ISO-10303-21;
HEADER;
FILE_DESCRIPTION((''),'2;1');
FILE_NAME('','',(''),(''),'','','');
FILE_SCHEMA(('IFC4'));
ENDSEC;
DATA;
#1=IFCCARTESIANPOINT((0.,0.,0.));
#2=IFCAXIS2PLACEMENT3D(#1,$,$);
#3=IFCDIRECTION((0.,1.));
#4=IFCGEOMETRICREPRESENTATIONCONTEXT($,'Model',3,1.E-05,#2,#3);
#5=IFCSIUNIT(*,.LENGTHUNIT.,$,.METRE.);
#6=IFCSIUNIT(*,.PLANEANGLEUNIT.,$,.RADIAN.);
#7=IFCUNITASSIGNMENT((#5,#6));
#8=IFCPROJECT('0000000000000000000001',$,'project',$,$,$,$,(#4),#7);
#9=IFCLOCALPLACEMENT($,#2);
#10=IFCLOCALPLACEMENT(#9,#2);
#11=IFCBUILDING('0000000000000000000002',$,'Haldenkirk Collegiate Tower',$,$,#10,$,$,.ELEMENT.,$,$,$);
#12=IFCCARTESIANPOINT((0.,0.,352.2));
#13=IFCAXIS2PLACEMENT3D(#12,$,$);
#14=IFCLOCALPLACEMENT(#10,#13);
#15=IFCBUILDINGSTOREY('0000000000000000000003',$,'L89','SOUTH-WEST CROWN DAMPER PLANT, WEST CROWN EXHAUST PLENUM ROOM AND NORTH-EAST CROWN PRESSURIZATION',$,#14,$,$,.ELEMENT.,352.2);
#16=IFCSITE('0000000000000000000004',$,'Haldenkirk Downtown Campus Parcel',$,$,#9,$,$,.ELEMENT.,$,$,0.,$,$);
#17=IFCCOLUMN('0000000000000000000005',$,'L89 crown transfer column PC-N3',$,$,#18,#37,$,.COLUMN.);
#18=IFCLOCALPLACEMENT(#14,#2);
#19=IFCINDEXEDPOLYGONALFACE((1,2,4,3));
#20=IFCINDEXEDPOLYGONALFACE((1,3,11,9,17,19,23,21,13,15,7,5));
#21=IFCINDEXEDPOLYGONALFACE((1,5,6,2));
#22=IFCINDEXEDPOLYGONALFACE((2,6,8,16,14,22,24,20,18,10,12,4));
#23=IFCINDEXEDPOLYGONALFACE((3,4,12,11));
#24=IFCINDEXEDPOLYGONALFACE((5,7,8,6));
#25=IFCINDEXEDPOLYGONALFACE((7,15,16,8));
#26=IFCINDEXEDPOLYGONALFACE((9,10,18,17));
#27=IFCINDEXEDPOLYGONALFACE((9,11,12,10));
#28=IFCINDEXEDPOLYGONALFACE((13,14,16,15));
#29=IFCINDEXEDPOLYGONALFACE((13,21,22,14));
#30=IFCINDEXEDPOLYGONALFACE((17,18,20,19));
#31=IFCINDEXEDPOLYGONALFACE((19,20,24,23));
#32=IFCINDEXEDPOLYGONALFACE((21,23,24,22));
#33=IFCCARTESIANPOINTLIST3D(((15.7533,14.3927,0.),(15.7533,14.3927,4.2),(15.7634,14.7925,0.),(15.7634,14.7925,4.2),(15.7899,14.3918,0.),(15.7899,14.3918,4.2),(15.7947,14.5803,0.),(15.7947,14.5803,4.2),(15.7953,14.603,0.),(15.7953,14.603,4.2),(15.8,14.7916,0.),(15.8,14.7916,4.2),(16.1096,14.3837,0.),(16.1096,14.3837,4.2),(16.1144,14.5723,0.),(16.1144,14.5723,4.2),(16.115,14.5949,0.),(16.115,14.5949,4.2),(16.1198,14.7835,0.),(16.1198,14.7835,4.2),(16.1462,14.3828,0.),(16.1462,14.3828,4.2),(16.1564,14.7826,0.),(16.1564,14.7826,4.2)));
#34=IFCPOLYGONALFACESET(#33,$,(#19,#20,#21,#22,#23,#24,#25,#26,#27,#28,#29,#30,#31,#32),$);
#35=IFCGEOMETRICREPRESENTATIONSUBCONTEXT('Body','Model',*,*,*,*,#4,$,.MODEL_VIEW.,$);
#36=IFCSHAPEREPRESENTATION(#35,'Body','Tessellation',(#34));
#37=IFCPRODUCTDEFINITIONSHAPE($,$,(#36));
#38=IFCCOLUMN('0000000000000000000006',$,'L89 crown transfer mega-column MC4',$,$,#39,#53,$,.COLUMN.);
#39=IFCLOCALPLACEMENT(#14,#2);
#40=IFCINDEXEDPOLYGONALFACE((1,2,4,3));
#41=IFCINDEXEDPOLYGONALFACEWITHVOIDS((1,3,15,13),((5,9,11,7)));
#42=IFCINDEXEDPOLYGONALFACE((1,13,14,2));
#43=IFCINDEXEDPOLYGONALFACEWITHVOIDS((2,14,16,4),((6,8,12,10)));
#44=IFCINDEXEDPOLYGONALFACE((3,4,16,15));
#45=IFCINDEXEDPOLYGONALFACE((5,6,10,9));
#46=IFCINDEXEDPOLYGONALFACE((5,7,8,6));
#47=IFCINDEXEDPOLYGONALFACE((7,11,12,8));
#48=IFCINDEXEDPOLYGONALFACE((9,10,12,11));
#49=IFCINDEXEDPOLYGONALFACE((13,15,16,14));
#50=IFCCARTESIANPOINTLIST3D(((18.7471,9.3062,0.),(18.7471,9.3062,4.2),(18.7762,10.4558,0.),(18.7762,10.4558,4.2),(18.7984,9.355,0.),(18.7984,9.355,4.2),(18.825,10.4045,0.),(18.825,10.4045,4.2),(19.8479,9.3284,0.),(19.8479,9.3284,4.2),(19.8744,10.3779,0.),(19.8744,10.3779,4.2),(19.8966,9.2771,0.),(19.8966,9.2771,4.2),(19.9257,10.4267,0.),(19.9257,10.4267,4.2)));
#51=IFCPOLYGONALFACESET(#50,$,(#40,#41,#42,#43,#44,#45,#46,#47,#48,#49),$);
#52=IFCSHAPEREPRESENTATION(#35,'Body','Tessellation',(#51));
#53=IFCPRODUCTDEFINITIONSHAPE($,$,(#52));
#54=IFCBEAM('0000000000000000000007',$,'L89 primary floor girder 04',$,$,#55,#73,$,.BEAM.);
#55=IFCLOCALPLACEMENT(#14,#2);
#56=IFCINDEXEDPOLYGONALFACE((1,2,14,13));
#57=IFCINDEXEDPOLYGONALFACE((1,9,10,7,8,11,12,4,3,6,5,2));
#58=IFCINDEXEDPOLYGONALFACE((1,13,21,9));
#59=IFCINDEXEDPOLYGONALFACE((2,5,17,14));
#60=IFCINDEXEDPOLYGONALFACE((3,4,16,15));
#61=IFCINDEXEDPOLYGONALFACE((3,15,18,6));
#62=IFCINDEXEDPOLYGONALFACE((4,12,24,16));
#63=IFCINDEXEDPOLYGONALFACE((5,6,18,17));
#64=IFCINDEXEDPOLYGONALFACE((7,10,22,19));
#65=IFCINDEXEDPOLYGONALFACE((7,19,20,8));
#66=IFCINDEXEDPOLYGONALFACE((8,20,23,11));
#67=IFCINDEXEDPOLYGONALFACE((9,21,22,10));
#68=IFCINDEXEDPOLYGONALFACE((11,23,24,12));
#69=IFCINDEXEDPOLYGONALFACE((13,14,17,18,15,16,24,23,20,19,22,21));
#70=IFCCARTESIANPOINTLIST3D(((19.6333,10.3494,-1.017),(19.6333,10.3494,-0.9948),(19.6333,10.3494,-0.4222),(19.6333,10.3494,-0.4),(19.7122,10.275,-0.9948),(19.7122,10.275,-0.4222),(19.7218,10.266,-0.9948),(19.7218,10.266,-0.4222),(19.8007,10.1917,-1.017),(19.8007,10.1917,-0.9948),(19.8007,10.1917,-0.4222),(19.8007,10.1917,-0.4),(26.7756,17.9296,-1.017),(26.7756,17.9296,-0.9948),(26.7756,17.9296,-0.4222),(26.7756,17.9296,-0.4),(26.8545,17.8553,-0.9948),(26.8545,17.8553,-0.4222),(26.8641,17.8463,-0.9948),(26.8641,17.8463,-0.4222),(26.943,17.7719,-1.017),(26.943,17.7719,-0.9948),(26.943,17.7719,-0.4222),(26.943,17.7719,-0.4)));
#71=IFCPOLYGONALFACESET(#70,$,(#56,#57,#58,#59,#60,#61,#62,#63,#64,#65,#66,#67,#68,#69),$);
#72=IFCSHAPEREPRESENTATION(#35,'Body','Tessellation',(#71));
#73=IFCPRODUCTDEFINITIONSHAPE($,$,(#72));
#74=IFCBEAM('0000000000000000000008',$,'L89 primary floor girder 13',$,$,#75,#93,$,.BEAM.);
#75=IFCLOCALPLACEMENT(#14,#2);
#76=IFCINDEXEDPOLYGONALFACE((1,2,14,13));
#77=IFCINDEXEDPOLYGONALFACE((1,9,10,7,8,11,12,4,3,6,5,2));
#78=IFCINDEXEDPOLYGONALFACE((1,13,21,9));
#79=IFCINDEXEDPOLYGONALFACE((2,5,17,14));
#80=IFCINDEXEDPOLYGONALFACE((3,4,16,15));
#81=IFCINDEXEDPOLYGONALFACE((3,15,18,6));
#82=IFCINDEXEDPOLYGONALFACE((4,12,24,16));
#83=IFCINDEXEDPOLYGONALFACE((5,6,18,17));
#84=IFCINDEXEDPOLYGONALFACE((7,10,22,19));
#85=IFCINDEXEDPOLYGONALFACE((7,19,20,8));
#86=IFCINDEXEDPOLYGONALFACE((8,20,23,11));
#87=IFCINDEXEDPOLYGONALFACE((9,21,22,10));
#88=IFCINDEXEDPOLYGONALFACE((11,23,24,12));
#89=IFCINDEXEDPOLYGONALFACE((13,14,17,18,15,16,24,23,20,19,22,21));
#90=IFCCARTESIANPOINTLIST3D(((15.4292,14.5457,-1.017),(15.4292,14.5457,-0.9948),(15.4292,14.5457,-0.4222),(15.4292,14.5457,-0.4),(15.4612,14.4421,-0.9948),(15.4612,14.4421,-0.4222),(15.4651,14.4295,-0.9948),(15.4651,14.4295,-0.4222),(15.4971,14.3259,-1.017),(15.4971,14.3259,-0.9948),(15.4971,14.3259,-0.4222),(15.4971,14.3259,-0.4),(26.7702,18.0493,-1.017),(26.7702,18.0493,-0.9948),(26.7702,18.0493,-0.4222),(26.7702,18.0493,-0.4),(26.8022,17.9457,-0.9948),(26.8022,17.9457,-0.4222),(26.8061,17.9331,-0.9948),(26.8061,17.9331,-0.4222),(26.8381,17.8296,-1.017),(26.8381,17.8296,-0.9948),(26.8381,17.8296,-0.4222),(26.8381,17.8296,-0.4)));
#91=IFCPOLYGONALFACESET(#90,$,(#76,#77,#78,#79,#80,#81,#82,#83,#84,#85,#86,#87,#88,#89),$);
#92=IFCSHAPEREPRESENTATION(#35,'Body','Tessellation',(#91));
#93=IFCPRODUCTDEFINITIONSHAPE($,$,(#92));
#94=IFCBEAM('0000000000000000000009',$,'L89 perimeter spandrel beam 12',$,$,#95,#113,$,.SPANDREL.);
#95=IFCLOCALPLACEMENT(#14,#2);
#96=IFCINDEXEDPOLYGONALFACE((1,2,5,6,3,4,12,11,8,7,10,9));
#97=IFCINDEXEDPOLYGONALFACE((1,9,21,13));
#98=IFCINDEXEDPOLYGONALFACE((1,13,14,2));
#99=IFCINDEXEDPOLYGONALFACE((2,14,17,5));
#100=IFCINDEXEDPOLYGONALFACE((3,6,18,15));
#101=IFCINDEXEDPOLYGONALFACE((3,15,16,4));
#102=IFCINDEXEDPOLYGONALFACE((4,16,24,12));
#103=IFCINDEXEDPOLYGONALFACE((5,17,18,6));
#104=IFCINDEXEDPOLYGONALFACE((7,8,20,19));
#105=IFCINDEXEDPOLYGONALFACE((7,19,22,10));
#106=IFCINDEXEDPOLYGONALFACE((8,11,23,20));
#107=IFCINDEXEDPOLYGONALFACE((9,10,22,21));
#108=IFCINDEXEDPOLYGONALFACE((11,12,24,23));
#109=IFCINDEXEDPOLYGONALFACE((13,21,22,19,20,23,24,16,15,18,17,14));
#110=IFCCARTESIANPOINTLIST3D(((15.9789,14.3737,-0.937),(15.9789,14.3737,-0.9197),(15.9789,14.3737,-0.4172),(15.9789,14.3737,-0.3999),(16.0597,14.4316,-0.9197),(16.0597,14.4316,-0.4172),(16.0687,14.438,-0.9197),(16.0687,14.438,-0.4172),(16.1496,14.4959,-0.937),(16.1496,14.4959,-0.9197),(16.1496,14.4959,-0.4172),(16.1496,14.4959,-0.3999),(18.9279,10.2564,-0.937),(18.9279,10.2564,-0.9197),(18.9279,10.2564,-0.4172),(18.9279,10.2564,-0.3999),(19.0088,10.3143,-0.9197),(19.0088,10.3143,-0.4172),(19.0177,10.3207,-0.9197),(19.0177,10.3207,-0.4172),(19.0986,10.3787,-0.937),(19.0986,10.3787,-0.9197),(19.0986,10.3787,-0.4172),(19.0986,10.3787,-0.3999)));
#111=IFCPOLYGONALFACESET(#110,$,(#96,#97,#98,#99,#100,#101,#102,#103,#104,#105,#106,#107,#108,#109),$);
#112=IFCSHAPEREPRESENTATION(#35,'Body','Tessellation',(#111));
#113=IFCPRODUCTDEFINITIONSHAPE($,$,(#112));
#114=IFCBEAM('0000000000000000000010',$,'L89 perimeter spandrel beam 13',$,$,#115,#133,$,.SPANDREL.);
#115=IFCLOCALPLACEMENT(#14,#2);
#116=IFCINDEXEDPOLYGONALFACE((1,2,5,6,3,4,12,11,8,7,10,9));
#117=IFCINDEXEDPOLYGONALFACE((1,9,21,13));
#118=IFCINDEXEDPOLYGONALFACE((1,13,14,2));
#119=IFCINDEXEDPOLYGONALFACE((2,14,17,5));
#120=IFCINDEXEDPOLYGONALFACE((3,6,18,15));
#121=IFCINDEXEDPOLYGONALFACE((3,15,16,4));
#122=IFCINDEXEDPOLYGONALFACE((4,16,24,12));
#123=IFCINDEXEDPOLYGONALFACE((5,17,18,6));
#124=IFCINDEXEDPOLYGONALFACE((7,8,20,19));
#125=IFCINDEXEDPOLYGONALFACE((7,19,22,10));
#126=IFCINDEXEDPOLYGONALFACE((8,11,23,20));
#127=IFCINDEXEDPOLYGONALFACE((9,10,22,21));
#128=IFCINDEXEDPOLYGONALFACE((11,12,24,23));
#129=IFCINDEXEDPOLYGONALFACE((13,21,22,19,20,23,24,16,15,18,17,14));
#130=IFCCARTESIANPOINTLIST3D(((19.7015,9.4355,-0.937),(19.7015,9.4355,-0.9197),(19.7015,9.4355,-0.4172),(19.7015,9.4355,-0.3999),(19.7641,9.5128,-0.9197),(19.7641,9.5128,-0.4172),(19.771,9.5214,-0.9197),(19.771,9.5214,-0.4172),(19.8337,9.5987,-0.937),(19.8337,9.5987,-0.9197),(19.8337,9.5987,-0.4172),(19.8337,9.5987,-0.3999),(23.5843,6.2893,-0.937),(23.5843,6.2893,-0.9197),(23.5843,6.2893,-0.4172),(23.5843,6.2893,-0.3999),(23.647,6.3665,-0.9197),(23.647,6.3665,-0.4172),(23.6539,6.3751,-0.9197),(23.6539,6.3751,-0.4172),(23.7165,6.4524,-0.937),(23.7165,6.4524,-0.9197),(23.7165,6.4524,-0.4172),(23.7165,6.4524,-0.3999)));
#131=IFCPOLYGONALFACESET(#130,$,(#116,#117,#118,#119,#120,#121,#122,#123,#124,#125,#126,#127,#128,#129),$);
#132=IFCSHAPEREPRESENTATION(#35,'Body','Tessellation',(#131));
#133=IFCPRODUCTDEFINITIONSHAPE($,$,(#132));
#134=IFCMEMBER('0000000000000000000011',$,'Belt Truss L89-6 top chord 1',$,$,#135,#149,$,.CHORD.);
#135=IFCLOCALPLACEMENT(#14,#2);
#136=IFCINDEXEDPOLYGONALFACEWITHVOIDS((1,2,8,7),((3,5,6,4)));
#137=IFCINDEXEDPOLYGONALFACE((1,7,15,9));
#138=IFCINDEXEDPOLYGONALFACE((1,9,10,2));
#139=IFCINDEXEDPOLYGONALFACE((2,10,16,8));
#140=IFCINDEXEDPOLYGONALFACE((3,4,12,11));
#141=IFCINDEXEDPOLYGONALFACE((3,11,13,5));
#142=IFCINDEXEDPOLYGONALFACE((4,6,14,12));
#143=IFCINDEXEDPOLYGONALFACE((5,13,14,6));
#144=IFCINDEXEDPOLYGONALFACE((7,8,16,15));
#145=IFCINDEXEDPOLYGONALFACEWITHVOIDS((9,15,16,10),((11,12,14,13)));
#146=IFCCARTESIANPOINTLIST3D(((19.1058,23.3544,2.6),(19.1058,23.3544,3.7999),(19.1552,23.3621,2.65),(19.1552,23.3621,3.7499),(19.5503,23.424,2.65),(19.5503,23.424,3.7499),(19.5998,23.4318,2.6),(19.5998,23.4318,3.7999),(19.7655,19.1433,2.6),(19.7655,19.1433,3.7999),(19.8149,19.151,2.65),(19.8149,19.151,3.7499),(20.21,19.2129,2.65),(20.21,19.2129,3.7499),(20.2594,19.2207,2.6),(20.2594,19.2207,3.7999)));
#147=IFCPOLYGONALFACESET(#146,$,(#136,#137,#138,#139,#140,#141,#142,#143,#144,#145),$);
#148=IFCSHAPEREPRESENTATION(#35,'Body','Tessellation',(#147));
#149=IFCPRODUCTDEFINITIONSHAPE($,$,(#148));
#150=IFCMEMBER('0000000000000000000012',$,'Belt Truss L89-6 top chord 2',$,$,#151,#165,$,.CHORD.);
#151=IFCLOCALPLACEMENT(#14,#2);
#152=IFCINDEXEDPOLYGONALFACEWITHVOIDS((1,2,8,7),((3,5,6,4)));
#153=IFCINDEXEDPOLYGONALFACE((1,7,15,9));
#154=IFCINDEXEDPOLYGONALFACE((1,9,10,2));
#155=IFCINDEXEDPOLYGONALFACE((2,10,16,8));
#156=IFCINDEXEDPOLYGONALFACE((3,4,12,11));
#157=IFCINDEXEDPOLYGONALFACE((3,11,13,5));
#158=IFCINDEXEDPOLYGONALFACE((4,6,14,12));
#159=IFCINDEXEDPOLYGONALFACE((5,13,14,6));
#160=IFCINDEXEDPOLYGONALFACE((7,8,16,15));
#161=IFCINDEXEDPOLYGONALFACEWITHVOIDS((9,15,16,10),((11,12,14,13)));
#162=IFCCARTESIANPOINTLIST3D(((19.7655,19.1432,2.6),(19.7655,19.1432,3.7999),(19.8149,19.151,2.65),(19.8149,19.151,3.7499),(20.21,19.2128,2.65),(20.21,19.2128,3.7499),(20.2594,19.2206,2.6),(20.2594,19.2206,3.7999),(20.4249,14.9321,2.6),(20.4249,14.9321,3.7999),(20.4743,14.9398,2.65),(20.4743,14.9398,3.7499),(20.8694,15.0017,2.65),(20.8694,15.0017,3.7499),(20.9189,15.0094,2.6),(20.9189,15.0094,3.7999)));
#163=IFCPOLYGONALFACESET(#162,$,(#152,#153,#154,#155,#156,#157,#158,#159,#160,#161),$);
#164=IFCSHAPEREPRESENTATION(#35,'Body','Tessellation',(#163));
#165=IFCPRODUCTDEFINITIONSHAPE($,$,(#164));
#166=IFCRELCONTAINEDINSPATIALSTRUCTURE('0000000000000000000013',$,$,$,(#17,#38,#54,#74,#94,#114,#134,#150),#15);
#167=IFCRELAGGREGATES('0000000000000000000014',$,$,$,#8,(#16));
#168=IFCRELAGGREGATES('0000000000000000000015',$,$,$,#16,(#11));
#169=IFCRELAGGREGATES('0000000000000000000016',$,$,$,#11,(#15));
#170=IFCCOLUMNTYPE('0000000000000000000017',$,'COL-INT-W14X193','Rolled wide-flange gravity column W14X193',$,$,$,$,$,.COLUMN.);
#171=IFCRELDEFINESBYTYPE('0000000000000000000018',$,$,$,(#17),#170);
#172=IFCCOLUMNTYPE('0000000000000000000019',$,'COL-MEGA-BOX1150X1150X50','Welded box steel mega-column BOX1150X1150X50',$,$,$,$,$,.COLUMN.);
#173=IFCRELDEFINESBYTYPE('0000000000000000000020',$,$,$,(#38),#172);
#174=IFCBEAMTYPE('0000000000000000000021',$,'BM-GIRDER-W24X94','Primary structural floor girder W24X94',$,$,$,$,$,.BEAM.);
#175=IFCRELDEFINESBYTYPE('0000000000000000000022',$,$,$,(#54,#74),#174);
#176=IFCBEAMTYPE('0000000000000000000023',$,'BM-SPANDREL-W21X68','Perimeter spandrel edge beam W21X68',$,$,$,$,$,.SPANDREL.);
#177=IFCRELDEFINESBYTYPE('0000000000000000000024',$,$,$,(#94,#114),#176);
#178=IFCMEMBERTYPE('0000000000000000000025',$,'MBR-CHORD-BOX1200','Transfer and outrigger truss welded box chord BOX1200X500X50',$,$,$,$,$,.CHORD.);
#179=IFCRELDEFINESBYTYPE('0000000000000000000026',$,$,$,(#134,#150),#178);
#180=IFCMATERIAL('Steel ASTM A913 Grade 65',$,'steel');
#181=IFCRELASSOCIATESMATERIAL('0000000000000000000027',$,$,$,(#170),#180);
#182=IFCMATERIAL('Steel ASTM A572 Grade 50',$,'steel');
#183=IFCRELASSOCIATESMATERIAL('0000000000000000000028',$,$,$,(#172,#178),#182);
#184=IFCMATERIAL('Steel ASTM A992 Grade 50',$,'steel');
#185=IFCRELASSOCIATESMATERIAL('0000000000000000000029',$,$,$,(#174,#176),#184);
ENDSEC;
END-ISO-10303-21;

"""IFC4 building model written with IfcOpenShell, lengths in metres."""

from ifc_helpers import new_model, si_unit, direction, frame, origin, origin_2d, place, context, subcontext, project, spatial, hollow_rectangle, i_section, extrude, material, material_profile, profile_set, type_object, element, save


model = new_model("IFC4")

# Units and contexts
model_context = context("Model", 3, precision=1e-05, world=origin(), true_north=direction((0.0, 1.0)))
body_context = subcontext(model_context, "Body", "Model", "MODEL_VIEW")
ifc_project = project(units=[si_unit("LENGTHUNIT", "METRE"), si_unit("PLANEANGLEUNIT", "RADIAN")], contexts=[model_context])

# Site, building, storey
site_placement = place(None, origin())
site = spatial("IfcSite", under=ifc_project, at=site_placement, Name="Haldenkirk Downtown Campus Parcel", CompositionType="ELEMENT", RefElevation=0.0)
building_placement = place(site_placement, origin())
building = spatial("IfcBuilding", under=site, at=building_placement, Name="Haldenkirk Collegiate Tower", CompositionType="ELEMENT")
storey_placement = place(building_placement, frame((0.0, 0.0, 352.2)))
storey = spatial("IfcBuildingStorey", under=building, at=storey_placement, Name="L89", Description="SOUTH-WEST CROWN DAMPER PLANT, WEST CROWN EXHAUST PLENUM ROOM AND NORTH-EAST CROWN PRESSURIZATION", CompositionType="ELEMENT", Elevation=352.2)

# Columns
ifc_material_1 = material(Name="Steel ASTM A913 Grade 65", Category="steel")
ifc_material_profile_1 = material_profile(ifc_material_1, i_section(OverallWidth=0.3999, OverallDepth=0.3931, WebThickness=0.0227, FlangeThickness=0.0366, at=origin_2d()), Name="W14X193")
ifc_profile_set_1 = profile_set([ifc_material_profile_1], Name="Steel ASTM A913 Grade 65")
column_type_1 = type_object("IfcColumnType", Name="COL-INT-W14X193", Description="Rolled wide-flange gravity column W14X193", PredefinedType="COLUMN", material=ifc_profile_set_1)
column_1_placement = place(storey_placement, frame((15.9548, 14.5876, 0.0), z_axis=(0.0, 0.0, 1.0), x_axis=(0.025305, 0.99968, 0.0)))
element("IfcColumn", 1, at=column_1_placement, inside=storey, type_object=column_type_1, Name="L89 crown transfer column PC-N3", PredefinedType="COLUMN", context=body_context, shape_type="SweptSolid", body=[
    extrude(i_section(OverallWidth=0.3999, OverallDepth=0.3931, WebThickness=0.0227, FlangeThickness=0.0366, at=origin_2d()), origin(), (0.0, 0.0, 1.0), 4.2),
])
ifc_material_2 = material(Name="Steel ASTM A572 Grade 50", Category="steel")
ifc_material_profile_2 = material_profile(ifc_material_2, hollow_rectangle(XDim=1.1499, YDim=1.1499, WallThickness=0.05, at=origin_2d()), Name="BOX1150X1150X50")
ifc_profile_set_2 = profile_set([ifc_material_profile_2], Name="Steel ASTM A572 Grade 50")
column_type_2 = type_object("IfcColumnType", Name="COL-MEGA-BOX1150X1150X50", Description="Welded box steel mega-column BOX1150X1150X50", PredefinedType="COLUMN", material=ifc_profile_set_2)
column_2_placement = place(storey_placement, frame((19.3364, 9.8665, 0.0), z_axis=(0.0, 0.0, 1.0), x_axis=(0.025305, 0.99968, 0.0)))
element("IfcColumn", 2, at=column_2_placement, inside=storey, type_object=column_type_2, Name="L89 crown transfer mega-column MC4", PredefinedType="COLUMN", context=body_context, shape_type="SweptSolid", body=[
    extrude(hollow_rectangle(XDim=1.1499, YDim=1.1499, WallThickness=0.05, at=origin_2d()), origin(), (0.0, 0.0, 1.0), 4.2),
])

# Beams
ifc_material_3 = material(Name="Steel ASTM A992 Grade 50", Category="steel")
ifc_material_profile_3 = material_profile(ifc_material_3, i_section(OverallWidth=0.23, OverallDepth=0.6169, WebThickness=0.0132, FlangeThickness=0.0222, at=origin_2d()), Name="W24X94")
ifc_profile_set_3 = profile_set([ifc_material_profile_3], Name="Steel ASTM A992 Grade 50")
beam_type_1 = type_object("IfcBeamType", Name="BM-GIRDER-W24X94", Description="Primary structural floor girder W24X94", PredefinedType="BEAM", material=ifc_profile_set_3)
beam_1_placement = place(storey_placement, frame((19.717, 10.2705, -0.7085), z_axis=(0.685767, 0.727821, 0.0), x_axis=(-0.727821, 0.685767, 0.0)))
element("IfcBeam", 3, at=beam_1_placement, inside=storey, type_object=beam_type_1, Name="L89 primary floor girder 04", PredefinedType="BEAM", context=body_context, shape_type="SweptSolid", body=[
    extrude(i_section(OverallWidth=0.23, OverallDepth=0.6169, WebThickness=0.0132, FlangeThickness=0.0222, at=origin_2d()), origin(), (0.0, 0.0, 1.0), 10.415),
])
beam_2_placement = place(storey_placement, frame((15.4631, 14.4358, -0.7085), z_axis=(0.955444, 0.295171, 0.0), x_axis=(-0.295171, 0.955444, 0.0)))
element("IfcBeam", 4, at=beam_2_placement, inside=storey, type_object=beam_type_1, Name="L89 primary floor girder 13", PredefinedType="BEAM", context=body_context, shape_type="SweptSolid", body=[
    extrude(i_section(OverallWidth=0.23, OverallDepth=0.6169, WebThickness=0.0132, FlangeThickness=0.0222, at=origin_2d()), origin(), (0.0, 0.0, 1.0), 11.8699),
])
ifc_material_profile_4 = material_profile(ifc_material_3, i_section(OverallWidth=0.21, OverallDepth=0.5371, WebThickness=0.011, FlangeThickness=0.0173, at=origin_2d()), Name="W21X68")
ifc_profile_set_4 = profile_set([ifc_material_profile_4], Name="Steel ASTM A992 Grade 50")
beam_type_2 = type_object("IfcBeamType", Name="BM-SPANDREL-W21X68", Description="Perimeter spandrel edge beam W21X68", PredefinedType="SPANDREL", material=ifc_profile_set_4)
beam_3_placement = place(storey_placement, frame((16.0642, 14.4348, -0.6685), z_axis=(0.5823, -0.812974, 0.0), x_axis=(0.812974, 0.5823, 0.0)))
element("IfcBeam", 5, at=beam_3_placement, inside=storey, type_object=beam_type_2, Name="L89 perimeter spandrel beam 12", PredefinedType="SPANDREL", context=body_context, shape_type="SweptSolid", body=[
    extrude(i_section(OverallWidth=0.21, OverallDepth=0.5371, WebThickness=0.011, FlangeThickness=0.0173, at=origin_2d()), origin(), (0.0, 0.0, 1.0), 5.0645),
])
beam_4_placement = place(storey_placement, frame((19.7676, 9.5171, -0.6685), z_axis=(0.77695, -0.629562, 0.0), x_axis=(0.629562, 0.77695, 0.0)))
element("IfcBeam", 6, at=beam_4_placement, inside=storey, type_object=beam_type_2, Name="L89 perimeter spandrel beam 13", PredefinedType="SPANDREL", context=body_context, shape_type="SweptSolid", body=[
    extrude(i_section(OverallWidth=0.21, OverallDepth=0.5371, WebThickness=0.011, FlangeThickness=0.0173, at=origin_2d()), origin(), (0.0, 0.0, 1.0), 4.9976),
])

# Members
ifc_material_profile_5 = material_profile(ifc_material_2, hollow_rectangle(XDim=0.5, YDim=1.2, WallThickness=0.05, at=origin_2d()), Name="BOX1200X500X50")
ifc_profile_set_5 = profile_set([ifc_material_profile_5], Name="Steel ASTM A572 Grade 50")
member_type_1 = type_object("IfcMemberType", Name="MBR-CHORD-BOX1200", Description="Transfer and outrigger truss welded box chord BOX1200X500X50", PredefinedType="CHORD", material=ifc_profile_set_5)
for number, where, z_axis, x_axis, name in (
    (7, (19.3528, 23.3931, 3.2), (0.15476, -0.987952, 0.0), (0.987952, 0.15476, 0.0), "Belt Truss L89-6 top chord 1"),
    (8, (20.0125, 19.1819, 3.2), (0.154704, -0.987961, 0.0), (0.987961, 0.154704, 0.0), "Belt Truss L89-6 top chord 2"),
):
    element("IfcMember", number, at=place(storey_placement, frame(where, z_axis=z_axis, x_axis=x_axis)), inside=storey, type_object=member_type_1, Name=name, PredefinedType="CHORD", context=body_context, shape_type="SweptSolid", body=[
        extrude(hollow_rectangle(XDim=0.5, YDim=1.2, WallThickness=0.05, at=origin_2d()), origin(), (0.0, 0.0, 1.0), 4.2625),
    ])

save(model, "model.ifc")
